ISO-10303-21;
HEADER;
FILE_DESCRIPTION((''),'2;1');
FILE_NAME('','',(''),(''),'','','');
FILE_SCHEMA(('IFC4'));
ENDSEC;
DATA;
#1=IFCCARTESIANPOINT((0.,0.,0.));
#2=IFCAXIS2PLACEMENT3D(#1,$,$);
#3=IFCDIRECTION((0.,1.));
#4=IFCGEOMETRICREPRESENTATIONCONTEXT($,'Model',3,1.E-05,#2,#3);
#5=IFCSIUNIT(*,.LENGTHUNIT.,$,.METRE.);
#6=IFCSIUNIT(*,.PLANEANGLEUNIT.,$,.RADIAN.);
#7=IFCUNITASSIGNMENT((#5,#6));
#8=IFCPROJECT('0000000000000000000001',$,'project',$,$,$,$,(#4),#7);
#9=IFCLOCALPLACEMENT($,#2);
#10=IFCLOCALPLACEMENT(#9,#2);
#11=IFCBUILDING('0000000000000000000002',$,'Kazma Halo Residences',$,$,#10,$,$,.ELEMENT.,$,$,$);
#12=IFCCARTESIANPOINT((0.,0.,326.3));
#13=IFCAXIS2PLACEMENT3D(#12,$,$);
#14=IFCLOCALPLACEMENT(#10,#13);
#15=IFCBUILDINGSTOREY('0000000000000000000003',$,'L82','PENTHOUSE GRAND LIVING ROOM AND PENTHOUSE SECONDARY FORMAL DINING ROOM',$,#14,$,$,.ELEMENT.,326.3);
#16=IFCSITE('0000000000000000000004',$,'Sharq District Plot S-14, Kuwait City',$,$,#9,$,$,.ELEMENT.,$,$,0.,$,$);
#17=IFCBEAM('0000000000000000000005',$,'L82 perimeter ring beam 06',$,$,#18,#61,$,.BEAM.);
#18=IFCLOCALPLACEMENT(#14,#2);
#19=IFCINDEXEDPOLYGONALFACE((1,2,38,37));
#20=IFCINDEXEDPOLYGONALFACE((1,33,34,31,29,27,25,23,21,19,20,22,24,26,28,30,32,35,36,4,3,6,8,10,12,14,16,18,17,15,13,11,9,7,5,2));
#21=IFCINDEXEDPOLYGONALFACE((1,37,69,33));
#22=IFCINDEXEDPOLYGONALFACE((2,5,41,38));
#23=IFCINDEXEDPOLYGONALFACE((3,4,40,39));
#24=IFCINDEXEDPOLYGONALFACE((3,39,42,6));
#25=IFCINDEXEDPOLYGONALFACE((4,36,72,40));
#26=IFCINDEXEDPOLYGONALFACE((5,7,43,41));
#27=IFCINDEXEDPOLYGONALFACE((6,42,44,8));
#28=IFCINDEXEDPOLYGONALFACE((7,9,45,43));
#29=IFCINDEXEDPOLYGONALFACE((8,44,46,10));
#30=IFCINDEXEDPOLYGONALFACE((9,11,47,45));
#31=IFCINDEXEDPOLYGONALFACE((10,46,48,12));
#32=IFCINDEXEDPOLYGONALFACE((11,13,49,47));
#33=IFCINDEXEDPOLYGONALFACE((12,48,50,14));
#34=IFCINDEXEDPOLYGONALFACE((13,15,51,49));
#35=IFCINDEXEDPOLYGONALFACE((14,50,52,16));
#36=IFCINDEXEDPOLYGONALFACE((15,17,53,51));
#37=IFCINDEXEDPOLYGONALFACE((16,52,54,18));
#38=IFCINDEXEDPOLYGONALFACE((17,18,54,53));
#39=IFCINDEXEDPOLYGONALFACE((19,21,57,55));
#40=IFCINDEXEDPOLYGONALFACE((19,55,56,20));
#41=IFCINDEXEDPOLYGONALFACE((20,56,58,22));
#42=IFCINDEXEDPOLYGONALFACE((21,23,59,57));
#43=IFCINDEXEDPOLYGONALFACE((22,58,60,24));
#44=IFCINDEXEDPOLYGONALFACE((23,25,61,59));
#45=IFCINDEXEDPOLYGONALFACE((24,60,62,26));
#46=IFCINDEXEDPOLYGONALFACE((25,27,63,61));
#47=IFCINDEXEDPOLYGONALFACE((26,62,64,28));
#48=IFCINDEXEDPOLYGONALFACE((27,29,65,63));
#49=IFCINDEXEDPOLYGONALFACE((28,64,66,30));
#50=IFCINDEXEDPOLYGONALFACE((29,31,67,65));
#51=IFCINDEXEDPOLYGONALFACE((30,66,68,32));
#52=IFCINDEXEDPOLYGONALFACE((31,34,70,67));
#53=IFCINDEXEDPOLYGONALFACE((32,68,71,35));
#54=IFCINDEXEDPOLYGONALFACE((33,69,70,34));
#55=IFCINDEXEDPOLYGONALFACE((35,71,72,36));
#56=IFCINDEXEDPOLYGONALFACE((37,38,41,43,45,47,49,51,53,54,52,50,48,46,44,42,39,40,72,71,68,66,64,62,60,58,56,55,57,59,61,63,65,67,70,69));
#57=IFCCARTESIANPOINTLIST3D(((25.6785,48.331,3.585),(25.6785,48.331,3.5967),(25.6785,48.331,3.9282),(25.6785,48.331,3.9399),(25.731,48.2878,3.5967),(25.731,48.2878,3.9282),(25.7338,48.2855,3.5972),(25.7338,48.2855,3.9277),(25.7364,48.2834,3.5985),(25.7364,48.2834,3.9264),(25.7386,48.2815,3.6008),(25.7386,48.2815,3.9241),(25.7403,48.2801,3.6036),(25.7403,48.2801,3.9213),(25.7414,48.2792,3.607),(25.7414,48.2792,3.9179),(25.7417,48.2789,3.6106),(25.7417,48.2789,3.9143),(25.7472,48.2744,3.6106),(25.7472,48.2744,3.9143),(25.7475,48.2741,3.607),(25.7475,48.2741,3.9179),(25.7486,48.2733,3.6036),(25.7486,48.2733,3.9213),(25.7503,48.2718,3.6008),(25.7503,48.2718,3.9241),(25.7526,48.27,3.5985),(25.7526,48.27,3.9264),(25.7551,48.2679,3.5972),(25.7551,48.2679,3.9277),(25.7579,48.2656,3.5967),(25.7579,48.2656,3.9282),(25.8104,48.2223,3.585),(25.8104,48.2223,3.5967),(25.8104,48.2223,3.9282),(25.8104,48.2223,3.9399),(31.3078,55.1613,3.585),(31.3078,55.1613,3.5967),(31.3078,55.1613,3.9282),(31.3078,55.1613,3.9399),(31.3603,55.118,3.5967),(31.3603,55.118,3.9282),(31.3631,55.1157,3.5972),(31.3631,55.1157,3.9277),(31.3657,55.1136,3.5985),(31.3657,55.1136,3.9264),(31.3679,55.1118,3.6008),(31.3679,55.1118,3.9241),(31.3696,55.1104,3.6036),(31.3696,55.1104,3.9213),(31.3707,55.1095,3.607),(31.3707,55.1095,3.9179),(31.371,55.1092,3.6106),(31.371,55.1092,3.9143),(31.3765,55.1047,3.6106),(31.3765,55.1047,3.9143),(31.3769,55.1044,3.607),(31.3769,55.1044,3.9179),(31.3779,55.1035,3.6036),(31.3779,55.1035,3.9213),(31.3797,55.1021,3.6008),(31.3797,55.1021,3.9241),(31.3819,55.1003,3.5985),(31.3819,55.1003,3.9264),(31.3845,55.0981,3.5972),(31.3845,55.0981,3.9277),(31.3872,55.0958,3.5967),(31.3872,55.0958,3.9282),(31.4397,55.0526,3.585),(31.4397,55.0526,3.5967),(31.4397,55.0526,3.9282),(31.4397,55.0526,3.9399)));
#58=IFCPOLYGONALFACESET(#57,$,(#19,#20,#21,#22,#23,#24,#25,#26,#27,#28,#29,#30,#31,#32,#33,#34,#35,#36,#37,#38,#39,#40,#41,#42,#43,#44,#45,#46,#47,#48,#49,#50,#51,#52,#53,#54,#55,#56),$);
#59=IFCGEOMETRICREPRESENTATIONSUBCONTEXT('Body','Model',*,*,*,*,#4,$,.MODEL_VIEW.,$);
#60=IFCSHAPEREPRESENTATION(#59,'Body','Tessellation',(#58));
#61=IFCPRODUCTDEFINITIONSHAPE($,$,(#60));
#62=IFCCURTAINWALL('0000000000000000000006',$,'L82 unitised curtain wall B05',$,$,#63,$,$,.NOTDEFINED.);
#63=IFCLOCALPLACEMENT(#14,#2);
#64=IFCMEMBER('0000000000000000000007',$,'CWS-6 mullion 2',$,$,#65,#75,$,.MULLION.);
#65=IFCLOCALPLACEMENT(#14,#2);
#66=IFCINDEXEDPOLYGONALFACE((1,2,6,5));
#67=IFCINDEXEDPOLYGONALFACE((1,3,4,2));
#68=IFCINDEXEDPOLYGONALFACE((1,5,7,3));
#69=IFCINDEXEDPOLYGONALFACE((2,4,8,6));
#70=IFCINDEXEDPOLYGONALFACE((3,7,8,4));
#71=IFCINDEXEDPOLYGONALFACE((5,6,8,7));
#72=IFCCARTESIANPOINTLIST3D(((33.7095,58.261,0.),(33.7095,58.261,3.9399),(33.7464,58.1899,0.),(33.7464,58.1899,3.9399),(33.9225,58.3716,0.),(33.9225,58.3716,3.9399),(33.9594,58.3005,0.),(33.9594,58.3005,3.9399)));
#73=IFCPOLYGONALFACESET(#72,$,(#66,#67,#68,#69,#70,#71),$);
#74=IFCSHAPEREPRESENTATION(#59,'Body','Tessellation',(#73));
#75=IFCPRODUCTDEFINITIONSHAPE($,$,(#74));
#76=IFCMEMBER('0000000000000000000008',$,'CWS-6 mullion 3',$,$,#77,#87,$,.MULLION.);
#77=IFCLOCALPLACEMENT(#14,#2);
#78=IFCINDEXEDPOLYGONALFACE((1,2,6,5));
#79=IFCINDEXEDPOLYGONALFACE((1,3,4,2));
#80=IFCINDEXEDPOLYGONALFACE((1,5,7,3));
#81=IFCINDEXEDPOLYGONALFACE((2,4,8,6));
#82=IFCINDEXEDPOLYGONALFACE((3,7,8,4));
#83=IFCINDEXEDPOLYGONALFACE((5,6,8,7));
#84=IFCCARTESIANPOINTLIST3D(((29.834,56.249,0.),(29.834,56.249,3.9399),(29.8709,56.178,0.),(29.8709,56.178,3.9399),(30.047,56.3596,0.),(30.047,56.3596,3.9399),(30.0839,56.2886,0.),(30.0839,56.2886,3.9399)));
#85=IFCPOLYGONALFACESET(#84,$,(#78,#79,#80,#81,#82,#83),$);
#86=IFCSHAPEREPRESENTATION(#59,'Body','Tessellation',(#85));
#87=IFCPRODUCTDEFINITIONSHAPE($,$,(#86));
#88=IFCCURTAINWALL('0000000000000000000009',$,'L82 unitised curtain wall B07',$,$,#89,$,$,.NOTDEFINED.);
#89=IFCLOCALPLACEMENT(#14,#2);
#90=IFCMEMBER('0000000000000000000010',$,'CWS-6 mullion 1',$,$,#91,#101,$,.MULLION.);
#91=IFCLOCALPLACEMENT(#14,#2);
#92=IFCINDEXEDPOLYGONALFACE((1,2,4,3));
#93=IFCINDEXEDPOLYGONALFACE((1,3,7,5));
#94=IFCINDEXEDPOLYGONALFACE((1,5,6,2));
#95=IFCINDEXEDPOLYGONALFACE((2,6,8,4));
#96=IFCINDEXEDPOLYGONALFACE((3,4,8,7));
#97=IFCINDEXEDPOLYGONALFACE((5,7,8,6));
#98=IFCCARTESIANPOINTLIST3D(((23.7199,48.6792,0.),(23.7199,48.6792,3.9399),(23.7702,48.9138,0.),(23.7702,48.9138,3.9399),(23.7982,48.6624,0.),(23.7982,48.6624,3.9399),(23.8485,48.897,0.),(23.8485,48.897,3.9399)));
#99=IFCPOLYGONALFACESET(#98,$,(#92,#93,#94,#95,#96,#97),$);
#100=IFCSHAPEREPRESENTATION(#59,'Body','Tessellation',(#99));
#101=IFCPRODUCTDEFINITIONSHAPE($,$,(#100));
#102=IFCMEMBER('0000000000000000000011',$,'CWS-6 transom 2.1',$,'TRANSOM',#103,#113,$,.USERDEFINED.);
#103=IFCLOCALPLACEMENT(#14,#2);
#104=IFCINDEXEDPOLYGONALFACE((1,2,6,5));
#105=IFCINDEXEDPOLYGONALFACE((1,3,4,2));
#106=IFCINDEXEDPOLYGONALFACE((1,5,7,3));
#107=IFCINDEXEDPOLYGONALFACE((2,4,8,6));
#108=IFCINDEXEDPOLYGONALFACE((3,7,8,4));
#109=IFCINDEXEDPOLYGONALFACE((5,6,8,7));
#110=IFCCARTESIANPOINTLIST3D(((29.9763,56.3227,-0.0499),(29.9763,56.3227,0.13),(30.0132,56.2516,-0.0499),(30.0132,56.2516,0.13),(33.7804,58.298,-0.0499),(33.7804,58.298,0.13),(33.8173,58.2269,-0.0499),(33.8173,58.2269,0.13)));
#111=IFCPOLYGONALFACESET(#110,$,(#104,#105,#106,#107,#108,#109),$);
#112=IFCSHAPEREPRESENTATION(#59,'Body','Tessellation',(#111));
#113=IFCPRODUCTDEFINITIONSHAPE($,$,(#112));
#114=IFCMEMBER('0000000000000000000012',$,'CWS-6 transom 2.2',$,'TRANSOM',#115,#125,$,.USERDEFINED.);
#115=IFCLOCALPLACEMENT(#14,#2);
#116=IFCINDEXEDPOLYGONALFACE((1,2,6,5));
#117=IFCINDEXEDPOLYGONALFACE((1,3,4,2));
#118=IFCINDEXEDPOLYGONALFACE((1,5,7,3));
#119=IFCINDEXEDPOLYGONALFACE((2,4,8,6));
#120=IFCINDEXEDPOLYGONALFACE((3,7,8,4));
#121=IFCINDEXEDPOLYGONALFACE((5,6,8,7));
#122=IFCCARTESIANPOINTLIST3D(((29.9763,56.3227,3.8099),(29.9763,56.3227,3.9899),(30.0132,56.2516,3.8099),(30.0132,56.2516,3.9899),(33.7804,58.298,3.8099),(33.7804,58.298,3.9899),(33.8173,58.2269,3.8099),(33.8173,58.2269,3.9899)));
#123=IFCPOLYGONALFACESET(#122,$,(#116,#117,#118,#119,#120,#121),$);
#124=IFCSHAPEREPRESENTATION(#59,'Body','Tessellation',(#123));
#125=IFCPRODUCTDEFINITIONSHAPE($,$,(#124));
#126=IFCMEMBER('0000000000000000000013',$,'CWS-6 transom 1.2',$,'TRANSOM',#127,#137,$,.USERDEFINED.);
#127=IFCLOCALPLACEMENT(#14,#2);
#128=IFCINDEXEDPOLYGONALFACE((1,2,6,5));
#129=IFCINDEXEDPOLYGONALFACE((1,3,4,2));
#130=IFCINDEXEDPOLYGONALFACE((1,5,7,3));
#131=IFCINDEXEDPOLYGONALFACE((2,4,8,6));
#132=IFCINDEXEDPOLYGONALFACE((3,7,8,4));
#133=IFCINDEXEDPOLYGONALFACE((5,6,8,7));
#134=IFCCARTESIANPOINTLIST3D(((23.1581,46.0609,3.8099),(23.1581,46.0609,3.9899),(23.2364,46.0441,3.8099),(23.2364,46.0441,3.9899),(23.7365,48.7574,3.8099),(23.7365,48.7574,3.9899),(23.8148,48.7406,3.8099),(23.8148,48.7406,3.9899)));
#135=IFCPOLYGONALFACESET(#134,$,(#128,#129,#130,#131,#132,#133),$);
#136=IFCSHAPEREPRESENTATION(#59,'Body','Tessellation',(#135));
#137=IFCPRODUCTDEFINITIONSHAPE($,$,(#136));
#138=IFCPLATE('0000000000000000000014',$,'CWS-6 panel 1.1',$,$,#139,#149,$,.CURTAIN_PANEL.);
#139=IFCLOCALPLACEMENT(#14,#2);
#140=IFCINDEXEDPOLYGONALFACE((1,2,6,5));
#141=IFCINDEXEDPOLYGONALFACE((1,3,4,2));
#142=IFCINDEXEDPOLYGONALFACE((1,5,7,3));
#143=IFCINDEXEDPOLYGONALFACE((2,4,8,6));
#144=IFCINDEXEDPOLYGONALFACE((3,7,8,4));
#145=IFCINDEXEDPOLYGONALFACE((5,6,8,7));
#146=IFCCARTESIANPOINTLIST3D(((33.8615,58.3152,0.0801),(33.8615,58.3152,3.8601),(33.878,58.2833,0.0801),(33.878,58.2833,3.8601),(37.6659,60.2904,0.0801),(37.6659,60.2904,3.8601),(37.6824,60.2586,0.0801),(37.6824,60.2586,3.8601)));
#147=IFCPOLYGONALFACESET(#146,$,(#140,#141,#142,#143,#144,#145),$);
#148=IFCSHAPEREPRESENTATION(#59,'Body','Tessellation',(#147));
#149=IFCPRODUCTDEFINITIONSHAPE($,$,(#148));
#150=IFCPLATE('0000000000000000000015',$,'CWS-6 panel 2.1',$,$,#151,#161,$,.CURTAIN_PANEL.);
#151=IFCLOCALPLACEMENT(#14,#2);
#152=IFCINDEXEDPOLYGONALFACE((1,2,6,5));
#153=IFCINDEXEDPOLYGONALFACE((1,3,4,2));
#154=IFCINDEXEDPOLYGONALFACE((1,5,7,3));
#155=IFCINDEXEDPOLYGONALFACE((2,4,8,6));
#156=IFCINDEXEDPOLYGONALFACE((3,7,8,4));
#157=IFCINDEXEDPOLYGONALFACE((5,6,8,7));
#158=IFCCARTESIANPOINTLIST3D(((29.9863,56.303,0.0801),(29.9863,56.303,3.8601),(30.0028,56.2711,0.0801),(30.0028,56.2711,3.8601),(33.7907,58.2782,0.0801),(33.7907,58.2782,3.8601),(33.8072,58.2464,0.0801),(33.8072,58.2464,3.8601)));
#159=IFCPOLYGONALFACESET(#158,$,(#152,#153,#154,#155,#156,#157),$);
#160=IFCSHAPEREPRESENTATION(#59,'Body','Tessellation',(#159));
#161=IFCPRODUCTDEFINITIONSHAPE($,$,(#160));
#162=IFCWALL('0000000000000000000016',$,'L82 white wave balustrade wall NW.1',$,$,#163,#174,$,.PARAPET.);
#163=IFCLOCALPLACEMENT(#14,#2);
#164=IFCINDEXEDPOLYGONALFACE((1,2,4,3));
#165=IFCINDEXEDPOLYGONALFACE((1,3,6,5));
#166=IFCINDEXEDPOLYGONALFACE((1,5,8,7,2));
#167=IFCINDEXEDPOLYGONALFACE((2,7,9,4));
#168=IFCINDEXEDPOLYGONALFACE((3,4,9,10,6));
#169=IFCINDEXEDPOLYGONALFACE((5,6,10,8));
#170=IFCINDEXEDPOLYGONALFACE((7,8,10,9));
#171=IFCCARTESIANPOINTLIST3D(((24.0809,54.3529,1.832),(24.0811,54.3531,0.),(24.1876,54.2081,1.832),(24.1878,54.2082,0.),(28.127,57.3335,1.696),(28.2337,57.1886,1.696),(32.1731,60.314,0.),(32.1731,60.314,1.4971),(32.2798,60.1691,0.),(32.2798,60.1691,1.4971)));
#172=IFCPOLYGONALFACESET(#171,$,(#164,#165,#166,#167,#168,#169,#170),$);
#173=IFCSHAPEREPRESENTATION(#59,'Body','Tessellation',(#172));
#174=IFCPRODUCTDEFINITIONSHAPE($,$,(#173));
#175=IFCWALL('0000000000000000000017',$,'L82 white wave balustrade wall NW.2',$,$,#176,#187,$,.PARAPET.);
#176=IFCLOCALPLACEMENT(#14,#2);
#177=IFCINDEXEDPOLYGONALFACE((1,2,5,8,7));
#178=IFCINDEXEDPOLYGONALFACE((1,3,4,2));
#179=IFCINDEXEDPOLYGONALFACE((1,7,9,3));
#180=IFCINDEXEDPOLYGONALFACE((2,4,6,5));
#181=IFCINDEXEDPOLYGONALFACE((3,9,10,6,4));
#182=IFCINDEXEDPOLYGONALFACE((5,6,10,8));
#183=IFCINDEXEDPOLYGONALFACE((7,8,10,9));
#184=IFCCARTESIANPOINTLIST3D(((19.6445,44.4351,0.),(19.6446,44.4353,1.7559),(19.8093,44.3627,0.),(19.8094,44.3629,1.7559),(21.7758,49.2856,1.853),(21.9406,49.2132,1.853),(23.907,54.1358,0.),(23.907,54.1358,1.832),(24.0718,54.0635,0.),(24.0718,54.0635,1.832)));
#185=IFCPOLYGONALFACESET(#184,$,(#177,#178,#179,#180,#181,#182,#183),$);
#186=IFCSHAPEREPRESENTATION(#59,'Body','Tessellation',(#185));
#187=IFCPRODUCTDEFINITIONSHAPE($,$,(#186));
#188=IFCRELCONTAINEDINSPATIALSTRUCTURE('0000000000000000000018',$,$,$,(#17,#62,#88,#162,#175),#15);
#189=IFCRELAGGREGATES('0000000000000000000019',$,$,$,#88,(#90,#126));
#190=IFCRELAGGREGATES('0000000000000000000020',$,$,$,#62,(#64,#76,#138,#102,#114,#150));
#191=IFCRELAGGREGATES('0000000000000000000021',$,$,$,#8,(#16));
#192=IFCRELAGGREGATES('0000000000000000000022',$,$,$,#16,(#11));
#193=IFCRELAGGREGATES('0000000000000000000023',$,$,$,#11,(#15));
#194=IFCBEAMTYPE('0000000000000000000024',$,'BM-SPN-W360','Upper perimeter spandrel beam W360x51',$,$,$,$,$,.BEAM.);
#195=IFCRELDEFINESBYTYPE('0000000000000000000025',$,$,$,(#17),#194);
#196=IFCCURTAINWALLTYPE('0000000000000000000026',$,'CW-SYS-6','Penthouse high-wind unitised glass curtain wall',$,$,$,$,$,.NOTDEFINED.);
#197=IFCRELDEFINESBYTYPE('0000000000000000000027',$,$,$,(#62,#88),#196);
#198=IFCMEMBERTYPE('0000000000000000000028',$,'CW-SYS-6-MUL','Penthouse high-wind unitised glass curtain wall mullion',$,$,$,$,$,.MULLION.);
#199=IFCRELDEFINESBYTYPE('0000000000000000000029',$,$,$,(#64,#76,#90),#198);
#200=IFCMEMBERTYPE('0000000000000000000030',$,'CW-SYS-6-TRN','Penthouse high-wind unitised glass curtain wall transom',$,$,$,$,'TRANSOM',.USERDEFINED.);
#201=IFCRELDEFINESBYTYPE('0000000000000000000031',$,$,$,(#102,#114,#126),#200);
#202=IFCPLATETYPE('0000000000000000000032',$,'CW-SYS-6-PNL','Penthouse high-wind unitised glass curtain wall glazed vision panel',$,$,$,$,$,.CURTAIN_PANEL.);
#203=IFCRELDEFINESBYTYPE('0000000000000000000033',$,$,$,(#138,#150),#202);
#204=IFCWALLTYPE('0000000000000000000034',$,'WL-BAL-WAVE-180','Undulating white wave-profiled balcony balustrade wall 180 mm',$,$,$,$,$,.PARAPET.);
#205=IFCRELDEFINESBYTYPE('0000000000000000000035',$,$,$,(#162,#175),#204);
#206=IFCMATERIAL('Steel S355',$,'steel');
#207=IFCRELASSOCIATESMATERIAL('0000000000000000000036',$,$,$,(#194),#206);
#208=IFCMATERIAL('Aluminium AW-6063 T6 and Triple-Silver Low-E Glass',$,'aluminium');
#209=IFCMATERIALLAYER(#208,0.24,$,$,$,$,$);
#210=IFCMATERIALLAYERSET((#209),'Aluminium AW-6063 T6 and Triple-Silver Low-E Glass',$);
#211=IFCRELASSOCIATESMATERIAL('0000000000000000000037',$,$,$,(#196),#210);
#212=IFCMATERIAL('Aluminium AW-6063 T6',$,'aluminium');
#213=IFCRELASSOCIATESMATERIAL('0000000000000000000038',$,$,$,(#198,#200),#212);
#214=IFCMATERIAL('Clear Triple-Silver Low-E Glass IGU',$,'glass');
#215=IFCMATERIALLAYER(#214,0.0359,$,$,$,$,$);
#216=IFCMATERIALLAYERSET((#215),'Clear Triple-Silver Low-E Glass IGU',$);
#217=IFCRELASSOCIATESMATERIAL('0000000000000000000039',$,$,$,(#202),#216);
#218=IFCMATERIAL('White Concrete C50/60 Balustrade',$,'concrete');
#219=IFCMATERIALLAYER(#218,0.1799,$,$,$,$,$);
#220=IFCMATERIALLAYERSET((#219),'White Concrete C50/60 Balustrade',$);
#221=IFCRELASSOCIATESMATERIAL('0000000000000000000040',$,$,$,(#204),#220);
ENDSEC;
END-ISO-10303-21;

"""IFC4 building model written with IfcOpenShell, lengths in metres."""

from ifc_helpers import new_model, si_unit, direction, frame, origin, origin_2d, place, context, subcontext, project, spatial, polyline, rectangle, i_section, outline, extrude, material, layer, layer_set, material_profile, profile_set, type_object, element, aggregate, save


model = new_model("IFC4")

# Units and contexts
model_context = context("Model", 3, precision=1e-05, world=origin(), true_north=direction((0.0, 1.0)))
body_context = subcontext(model_context, "Body", "Model", "MODEL_VIEW")
ifc_project = project(units=[si_unit("LENGTHUNIT", "METRE"), si_unit("PLANEANGLEUNIT", "RADIAN")], contexts=[model_context])

# Site, building, storey
site_placement = place(None, origin())
site = spatial("IfcSite", under=ifc_project, at=site_placement, Name="Sharq District Plot S-14, Kuwait City", CompositionType="ELEMENT", RefElevation=0.0)
building_placement = place(site_placement, origin())
building = spatial("IfcBuilding", under=site, at=building_placement, Name="Kazma Halo Residences", CompositionType="ELEMENT")
storey_placement = place(building_placement, frame((0.0, 0.0, 326.3)))
storey = spatial("IfcBuildingStorey", under=building, at=storey_placement, Name="L82", Description="PENTHOUSE GRAND LIVING ROOM AND PENTHOUSE SECONDARY FORMAL DINING ROOM", CompositionType="ELEMENT", Elevation=326.3)

# Beam
ifc_material_1 = material(Name="Steel S355", Category="steel")
ifc_material_profile_1 = material_profile(ifc_material_1, i_section(OverallWidth=0.1709, OverallDepth=0.355, WebThickness=0.0071, FlangeThickness=0.0117, FilletRadius=0.0139, at=origin_2d()), Name="W360x51")
ifc_profile_set_1 = profile_set([ifc_material_profile_1], Name="Steel S355")
beam_type_1 = type_object("IfcBeamType", Name="BM-SPN-W360", Description="Upper perimeter spandrel beam W360x51", PredefinedType="BEAM", material=ifc_profile_set_1)
beam_1_placement = place(storey_placement, frame((31.3738, 55.1069, 3.7625), z_axis=(-0.636005, -0.771685, 0.0), x_axis=(0.771685, -0.636005, 0.0)))
element("IfcBeam", 1, at=beam_1_placement, inside=storey, type_object=beam_type_1, Name="L82 perimeter ring beam 06", PredefinedType="BEAM", context=body_context, shape_type="SweptSolid", body=[
    extrude(i_section(OverallWidth=0.1709, OverallDepth=0.355, WebThickness=0.0071, FlangeThickness=0.0117, FilletRadius=0.0139, at=origin_2d()), origin(), (0.0, 0.0, 1.0), 8.8511),
])

# Curtain wall, members
ifc_material_2 = material(Name="Aluminium AW-6063 T6 and Triple-Silver Low-E Glass", Category="aluminium")
ifc_layer_1 = layer(ifc_material_2, 0.24)
ifc_layer_set_1 = layer_set([ifc_layer_1], Name="Aluminium AW-6063 T6 and Triple-Silver Low-E Glass")
curtain_wall_type = type_object("IfcCurtainWallType", Name="CW-SYS-6", Description="Penthouse high-wind unitised glass curtain wall", PredefinedType="NOTDEFINED", material=ifc_layer_set_1)
curtain_wall_1_placement = place(storey_placement, origin())
curtain_wall_1 = element("IfcCurtainWall", 2, at=curtain_wall_1_placement, inside=storey, type_object=curtain_wall_type, Name="L82 unitised curtain wall B05", PredefinedType="NOTDEFINED")
ifc_material_3 = material(Name="Aluminium AW-6063 T6", Category="aluminium")
ifc_material_profile_2 = material_profile(ifc_material_3, rectangle(XDim=0.0801, YDim=0.24, at=origin_2d()), Name="CWM-80x240")
ifc_profile_set_2 = profile_set([ifc_material_profile_2], Name="Aluminium AW-6063 T6")
member_type_1 = type_object("IfcMemberType", Name="CW-SYS-6-MUL", Description="Penthouse high-wind unitised glass curtain wall mullion", PredefinedType="MULLION", material=ifc_profile_set_2)
member_1_placement = place(storey_placement, frame((33.8345, 58.2808, 0.0), z_axis=(0.0, 0.0, 1.0), x_axis=(0.460796, -0.887506, 0.0)))
member_1 = element("IfcMember", 3, at=member_1_placement, type_object=member_type_1, Name="CWS-6 mullion 2", PredefinedType="MULLION", context=body_context, shape_type="SweptSolid", body=[
    extrude(rectangle(XDim=0.0801, YDim=0.24, at=origin_2d()), origin(), (0.0, 0.0, 1.0), 3.9399),
])
member_2_placement = place(storey_placement, frame((29.959, 56.2688, 0.0), z_axis=(0.0, 0.0, 1.0), x_axis=(0.460796, -0.887506, 0.0)))
member_2 = element("IfcMember", 4, at=member_2_placement, type_object=member_type_1, Name="CWS-6 mullion 3", PredefinedType="MULLION", context=body_context, shape_type="SweptSolid", body=[
    extrude(rectangle(XDim=0.0801, YDim=0.24, at=origin_2d()), origin(), (0.0, 0.0, 1.0), 3.9399),
])

# Curtain wall, member
curtain_wall_2_placement = place(storey_placement, origin())
curtain_wall_2 = element("IfcCurtainWall", 5, at=curtain_wall_2_placement, inside=storey, type_object=curtain_wall_type, Name="L82 unitised curtain wall B07", PredefinedType="NOTDEFINED")
member_3_placement = place(storey_placement, frame((23.7842, 48.7881, 0.0), z_axis=(0.0, 0.0, 1.0), x_axis=(0.977761, -0.209723, 0.0)))
member_3 = element("IfcMember", 6, at=member_3_placement, type_object=member_type_1, Name="CWS-6 mullion 1", PredefinedType="MULLION", context=body_context, shape_type="SweptSolid", body=[
    extrude(rectangle(XDim=0.0801, YDim=0.24, at=origin_2d()), origin(), (0.0, 0.0, 1.0), 3.9399),
])

# Members
ifc_material_profile_3 = material_profile(ifc_material_3, rectangle(XDim=0.0801, YDim=0.1799, at=origin_2d()), Name="CWT-80x180")
ifc_profile_set_3 = profile_set([ifc_material_profile_3], Name="Aluminium AW-6063 T6")
member_type_2 = type_object("IfcMemberType", Name="CW-SYS-6-TRN", Description="Penthouse high-wind unitised glass curtain wall transom", ElementType="TRANSOM", PredefinedType="USERDEFINED", material=ifc_profile_set_3)
member_4_placement = place(storey_placement, frame((33.7988, 58.2625, 0.04), z_axis=(-0.887488, -0.460831, 0.0), x_axis=(0.460831, -0.887488, 0.0)))
member_4 = element("IfcMember", 7, at=member_4_placement, type_object=member_type_2, Name="CWS-6 transom 2.1", ObjectType="TRANSOM", PredefinedType="USERDEFINED", context=body_context, shape_type="SweptSolid", body=[
    extrude(rectangle(XDim=0.0801, YDim=0.1799, at=origin_2d()), origin(), (0.0, 0.0, 1.0), 4.2864),
])
member_5_placement = place(storey_placement, frame((33.7988, 58.2625, 3.8999), z_axis=(-0.887488, -0.460831, 0.0), x_axis=(0.460831, -0.887488, 0.0)))
member_5 = element("IfcMember", 8, at=member_5_placement, type_object=member_type_2, Name="CWS-6 transom 2.2", ObjectType="TRANSOM", PredefinedType="USERDEFINED", context=body_context, shape_type="SweptSolid", body=[
    extrude(rectangle(XDim=0.0801, YDim=0.1799, at=origin_2d()), origin(), (0.0, 0.0, 1.0), 4.2864),
])
member_6_placement = place(storey_placement, frame((23.7756, 48.749, 3.8999), z_axis=(-0.209716, -0.977762, 0.0), x_axis=(0.977762, -0.209716, 0.0)))
member_6 = element("IfcMember", 9, at=member_6_placement, type_object=member_type_2, Name="CWS-6 transom 1.2", ObjectType="TRANSOM", PredefinedType="USERDEFINED", context=body_context, shape_type="SweptSolid", body=[
    extrude(rectangle(XDim=0.0801, YDim=0.1799, at=origin_2d()), origin(), (0.0, 0.0, 1.0), 2.7578),
])
aggregate(curtain_wall_2, [member_3, member_6])

# Plates
ifc_material_4 = material(Name="Clear Triple-Silver Low-E Glass IGU", Category="glass")
ifc_layer_2 = layer(ifc_material_4, 0.0359)
ifc_layer_set_2 = layer_set([ifc_layer_2], Name="Clear Triple-Silver Low-E Glass IGU")
plate_type = type_object("IfcPlateType", Name="CW-SYS-6-PNL", Description="Penthouse high-wind unitised glass curtain wall glazed vision panel", PredefinedType="CURTAIN_PANEL", material=ifc_layer_set_2)
plate_1_placement = place(storey_placement, frame((35.772, 59.2869, 0.0801), z_axis=(0.0, 0.0, 1.0), x_axis=(-0.887506, -0.460796, 0.0)))
plate_1 = element("IfcPlate", 10, at=plate_1_placement, type_object=plate_type, Name="CWS-6 panel 1.1", PredefinedType="CURTAIN_PANEL", context=body_context, shape_type="SweptSolid", body=[
    extrude(rectangle(XDim=4.2866, YDim=0.0359, at=origin_2d()), origin(), (0.0, 0.0, 1.0), 3.78),
])
plate_2_placement = place(storey_placement, frame((31.8967, 57.2747, 0.0801), z_axis=(0.0, 0.0, 1.0), x_axis=(-0.887506, -0.460796, 0.0)))
plate_2 = element("IfcPlate", 11, at=plate_2_placement, type_object=plate_type, Name="CWS-6 panel 2.1", PredefinedType="CURTAIN_PANEL", context=body_context, shape_type="SweptSolid", body=[
    extrude(rectangle(XDim=4.2866, YDim=0.0359, at=origin_2d()), origin(), (0.0, 0.0, 1.0), 3.78),
])
aggregate(curtain_wall_1, [member_1, member_2, plate_1, member_4, member_5, plate_2])

# Walls
ifc_material_5 = material(Name="White Concrete C50/60 Balustrade", Category="concrete")
ifc_layer_3 = layer(ifc_material_5, 0.1799)
ifc_layer_set_3 = layer_set([ifc_layer_3], Name="White Concrete C50/60 Balustrade")
wall_type_1 = type_object("IfcWallType", Name="WL-BAL-WAVE-180", Description="Undulating white wave-profiled balcony balustrade wall 180 mm", PredefinedType="PARAPET", material=ifc_layer_set_3)
wall_1_placement = place(storey_placement, frame((32.2266, 60.2415, 0.0), z_axis=(0.0, 0.0, 1.0), x_axis=(-0.805133, -0.593095, 0.0)))
element("IfcWall", 12, at=wall_1_placement, inside=storey, type_object=wall_type_1, Name="L82 white wave balustrade wall NW.1", PredefinedType="PARAPET", context=body_context, shape_type="SweptSolid", body=[
    extrude(outline(polyline([(0.0, 0.0), (10.0505, 0.0), (10.0508, 1.832), (5.0254, 1.696), (0.0, 1.4971), (0.0, 0.0)])), frame((0.0, 0.0898, 0.0), z_axis=(0.0, -1.0, 0.0), x_axis=(1.0, 0.0, 0.0)), (0.0, 0.0, 1.0), 0.1799),
])
wall_2_placement = place(storey_placement, frame((23.9895, 54.0996, 0.0), z_axis=(0.0, 0.0, 1.0), x_axis=(-0.402276, -0.915518, 0.0)))
element("IfcWall", 13, at=wall_2_placement, inside=storey, type_object=wall_type_1, Name="L82 white wave balustrade wall NW.2", PredefinedType="PARAPET", context=body_context, shape_type="SweptSolid", body=[
    extrude(outline(polyline([(0.0, 0.0), (10.5959, 0.0), (10.5957, 1.7559), (5.2979, 1.853), (0.0, 1.832), (0.0, 0.0)])), frame((0.0, 0.0898, 0.0), z_axis=(0.0, -1.0, 0.0), x_axis=(1.0, 0.0, 0.0)), (0.0, 0.0, 1.0), 0.1799),
])

save(model, "model.ifc")
